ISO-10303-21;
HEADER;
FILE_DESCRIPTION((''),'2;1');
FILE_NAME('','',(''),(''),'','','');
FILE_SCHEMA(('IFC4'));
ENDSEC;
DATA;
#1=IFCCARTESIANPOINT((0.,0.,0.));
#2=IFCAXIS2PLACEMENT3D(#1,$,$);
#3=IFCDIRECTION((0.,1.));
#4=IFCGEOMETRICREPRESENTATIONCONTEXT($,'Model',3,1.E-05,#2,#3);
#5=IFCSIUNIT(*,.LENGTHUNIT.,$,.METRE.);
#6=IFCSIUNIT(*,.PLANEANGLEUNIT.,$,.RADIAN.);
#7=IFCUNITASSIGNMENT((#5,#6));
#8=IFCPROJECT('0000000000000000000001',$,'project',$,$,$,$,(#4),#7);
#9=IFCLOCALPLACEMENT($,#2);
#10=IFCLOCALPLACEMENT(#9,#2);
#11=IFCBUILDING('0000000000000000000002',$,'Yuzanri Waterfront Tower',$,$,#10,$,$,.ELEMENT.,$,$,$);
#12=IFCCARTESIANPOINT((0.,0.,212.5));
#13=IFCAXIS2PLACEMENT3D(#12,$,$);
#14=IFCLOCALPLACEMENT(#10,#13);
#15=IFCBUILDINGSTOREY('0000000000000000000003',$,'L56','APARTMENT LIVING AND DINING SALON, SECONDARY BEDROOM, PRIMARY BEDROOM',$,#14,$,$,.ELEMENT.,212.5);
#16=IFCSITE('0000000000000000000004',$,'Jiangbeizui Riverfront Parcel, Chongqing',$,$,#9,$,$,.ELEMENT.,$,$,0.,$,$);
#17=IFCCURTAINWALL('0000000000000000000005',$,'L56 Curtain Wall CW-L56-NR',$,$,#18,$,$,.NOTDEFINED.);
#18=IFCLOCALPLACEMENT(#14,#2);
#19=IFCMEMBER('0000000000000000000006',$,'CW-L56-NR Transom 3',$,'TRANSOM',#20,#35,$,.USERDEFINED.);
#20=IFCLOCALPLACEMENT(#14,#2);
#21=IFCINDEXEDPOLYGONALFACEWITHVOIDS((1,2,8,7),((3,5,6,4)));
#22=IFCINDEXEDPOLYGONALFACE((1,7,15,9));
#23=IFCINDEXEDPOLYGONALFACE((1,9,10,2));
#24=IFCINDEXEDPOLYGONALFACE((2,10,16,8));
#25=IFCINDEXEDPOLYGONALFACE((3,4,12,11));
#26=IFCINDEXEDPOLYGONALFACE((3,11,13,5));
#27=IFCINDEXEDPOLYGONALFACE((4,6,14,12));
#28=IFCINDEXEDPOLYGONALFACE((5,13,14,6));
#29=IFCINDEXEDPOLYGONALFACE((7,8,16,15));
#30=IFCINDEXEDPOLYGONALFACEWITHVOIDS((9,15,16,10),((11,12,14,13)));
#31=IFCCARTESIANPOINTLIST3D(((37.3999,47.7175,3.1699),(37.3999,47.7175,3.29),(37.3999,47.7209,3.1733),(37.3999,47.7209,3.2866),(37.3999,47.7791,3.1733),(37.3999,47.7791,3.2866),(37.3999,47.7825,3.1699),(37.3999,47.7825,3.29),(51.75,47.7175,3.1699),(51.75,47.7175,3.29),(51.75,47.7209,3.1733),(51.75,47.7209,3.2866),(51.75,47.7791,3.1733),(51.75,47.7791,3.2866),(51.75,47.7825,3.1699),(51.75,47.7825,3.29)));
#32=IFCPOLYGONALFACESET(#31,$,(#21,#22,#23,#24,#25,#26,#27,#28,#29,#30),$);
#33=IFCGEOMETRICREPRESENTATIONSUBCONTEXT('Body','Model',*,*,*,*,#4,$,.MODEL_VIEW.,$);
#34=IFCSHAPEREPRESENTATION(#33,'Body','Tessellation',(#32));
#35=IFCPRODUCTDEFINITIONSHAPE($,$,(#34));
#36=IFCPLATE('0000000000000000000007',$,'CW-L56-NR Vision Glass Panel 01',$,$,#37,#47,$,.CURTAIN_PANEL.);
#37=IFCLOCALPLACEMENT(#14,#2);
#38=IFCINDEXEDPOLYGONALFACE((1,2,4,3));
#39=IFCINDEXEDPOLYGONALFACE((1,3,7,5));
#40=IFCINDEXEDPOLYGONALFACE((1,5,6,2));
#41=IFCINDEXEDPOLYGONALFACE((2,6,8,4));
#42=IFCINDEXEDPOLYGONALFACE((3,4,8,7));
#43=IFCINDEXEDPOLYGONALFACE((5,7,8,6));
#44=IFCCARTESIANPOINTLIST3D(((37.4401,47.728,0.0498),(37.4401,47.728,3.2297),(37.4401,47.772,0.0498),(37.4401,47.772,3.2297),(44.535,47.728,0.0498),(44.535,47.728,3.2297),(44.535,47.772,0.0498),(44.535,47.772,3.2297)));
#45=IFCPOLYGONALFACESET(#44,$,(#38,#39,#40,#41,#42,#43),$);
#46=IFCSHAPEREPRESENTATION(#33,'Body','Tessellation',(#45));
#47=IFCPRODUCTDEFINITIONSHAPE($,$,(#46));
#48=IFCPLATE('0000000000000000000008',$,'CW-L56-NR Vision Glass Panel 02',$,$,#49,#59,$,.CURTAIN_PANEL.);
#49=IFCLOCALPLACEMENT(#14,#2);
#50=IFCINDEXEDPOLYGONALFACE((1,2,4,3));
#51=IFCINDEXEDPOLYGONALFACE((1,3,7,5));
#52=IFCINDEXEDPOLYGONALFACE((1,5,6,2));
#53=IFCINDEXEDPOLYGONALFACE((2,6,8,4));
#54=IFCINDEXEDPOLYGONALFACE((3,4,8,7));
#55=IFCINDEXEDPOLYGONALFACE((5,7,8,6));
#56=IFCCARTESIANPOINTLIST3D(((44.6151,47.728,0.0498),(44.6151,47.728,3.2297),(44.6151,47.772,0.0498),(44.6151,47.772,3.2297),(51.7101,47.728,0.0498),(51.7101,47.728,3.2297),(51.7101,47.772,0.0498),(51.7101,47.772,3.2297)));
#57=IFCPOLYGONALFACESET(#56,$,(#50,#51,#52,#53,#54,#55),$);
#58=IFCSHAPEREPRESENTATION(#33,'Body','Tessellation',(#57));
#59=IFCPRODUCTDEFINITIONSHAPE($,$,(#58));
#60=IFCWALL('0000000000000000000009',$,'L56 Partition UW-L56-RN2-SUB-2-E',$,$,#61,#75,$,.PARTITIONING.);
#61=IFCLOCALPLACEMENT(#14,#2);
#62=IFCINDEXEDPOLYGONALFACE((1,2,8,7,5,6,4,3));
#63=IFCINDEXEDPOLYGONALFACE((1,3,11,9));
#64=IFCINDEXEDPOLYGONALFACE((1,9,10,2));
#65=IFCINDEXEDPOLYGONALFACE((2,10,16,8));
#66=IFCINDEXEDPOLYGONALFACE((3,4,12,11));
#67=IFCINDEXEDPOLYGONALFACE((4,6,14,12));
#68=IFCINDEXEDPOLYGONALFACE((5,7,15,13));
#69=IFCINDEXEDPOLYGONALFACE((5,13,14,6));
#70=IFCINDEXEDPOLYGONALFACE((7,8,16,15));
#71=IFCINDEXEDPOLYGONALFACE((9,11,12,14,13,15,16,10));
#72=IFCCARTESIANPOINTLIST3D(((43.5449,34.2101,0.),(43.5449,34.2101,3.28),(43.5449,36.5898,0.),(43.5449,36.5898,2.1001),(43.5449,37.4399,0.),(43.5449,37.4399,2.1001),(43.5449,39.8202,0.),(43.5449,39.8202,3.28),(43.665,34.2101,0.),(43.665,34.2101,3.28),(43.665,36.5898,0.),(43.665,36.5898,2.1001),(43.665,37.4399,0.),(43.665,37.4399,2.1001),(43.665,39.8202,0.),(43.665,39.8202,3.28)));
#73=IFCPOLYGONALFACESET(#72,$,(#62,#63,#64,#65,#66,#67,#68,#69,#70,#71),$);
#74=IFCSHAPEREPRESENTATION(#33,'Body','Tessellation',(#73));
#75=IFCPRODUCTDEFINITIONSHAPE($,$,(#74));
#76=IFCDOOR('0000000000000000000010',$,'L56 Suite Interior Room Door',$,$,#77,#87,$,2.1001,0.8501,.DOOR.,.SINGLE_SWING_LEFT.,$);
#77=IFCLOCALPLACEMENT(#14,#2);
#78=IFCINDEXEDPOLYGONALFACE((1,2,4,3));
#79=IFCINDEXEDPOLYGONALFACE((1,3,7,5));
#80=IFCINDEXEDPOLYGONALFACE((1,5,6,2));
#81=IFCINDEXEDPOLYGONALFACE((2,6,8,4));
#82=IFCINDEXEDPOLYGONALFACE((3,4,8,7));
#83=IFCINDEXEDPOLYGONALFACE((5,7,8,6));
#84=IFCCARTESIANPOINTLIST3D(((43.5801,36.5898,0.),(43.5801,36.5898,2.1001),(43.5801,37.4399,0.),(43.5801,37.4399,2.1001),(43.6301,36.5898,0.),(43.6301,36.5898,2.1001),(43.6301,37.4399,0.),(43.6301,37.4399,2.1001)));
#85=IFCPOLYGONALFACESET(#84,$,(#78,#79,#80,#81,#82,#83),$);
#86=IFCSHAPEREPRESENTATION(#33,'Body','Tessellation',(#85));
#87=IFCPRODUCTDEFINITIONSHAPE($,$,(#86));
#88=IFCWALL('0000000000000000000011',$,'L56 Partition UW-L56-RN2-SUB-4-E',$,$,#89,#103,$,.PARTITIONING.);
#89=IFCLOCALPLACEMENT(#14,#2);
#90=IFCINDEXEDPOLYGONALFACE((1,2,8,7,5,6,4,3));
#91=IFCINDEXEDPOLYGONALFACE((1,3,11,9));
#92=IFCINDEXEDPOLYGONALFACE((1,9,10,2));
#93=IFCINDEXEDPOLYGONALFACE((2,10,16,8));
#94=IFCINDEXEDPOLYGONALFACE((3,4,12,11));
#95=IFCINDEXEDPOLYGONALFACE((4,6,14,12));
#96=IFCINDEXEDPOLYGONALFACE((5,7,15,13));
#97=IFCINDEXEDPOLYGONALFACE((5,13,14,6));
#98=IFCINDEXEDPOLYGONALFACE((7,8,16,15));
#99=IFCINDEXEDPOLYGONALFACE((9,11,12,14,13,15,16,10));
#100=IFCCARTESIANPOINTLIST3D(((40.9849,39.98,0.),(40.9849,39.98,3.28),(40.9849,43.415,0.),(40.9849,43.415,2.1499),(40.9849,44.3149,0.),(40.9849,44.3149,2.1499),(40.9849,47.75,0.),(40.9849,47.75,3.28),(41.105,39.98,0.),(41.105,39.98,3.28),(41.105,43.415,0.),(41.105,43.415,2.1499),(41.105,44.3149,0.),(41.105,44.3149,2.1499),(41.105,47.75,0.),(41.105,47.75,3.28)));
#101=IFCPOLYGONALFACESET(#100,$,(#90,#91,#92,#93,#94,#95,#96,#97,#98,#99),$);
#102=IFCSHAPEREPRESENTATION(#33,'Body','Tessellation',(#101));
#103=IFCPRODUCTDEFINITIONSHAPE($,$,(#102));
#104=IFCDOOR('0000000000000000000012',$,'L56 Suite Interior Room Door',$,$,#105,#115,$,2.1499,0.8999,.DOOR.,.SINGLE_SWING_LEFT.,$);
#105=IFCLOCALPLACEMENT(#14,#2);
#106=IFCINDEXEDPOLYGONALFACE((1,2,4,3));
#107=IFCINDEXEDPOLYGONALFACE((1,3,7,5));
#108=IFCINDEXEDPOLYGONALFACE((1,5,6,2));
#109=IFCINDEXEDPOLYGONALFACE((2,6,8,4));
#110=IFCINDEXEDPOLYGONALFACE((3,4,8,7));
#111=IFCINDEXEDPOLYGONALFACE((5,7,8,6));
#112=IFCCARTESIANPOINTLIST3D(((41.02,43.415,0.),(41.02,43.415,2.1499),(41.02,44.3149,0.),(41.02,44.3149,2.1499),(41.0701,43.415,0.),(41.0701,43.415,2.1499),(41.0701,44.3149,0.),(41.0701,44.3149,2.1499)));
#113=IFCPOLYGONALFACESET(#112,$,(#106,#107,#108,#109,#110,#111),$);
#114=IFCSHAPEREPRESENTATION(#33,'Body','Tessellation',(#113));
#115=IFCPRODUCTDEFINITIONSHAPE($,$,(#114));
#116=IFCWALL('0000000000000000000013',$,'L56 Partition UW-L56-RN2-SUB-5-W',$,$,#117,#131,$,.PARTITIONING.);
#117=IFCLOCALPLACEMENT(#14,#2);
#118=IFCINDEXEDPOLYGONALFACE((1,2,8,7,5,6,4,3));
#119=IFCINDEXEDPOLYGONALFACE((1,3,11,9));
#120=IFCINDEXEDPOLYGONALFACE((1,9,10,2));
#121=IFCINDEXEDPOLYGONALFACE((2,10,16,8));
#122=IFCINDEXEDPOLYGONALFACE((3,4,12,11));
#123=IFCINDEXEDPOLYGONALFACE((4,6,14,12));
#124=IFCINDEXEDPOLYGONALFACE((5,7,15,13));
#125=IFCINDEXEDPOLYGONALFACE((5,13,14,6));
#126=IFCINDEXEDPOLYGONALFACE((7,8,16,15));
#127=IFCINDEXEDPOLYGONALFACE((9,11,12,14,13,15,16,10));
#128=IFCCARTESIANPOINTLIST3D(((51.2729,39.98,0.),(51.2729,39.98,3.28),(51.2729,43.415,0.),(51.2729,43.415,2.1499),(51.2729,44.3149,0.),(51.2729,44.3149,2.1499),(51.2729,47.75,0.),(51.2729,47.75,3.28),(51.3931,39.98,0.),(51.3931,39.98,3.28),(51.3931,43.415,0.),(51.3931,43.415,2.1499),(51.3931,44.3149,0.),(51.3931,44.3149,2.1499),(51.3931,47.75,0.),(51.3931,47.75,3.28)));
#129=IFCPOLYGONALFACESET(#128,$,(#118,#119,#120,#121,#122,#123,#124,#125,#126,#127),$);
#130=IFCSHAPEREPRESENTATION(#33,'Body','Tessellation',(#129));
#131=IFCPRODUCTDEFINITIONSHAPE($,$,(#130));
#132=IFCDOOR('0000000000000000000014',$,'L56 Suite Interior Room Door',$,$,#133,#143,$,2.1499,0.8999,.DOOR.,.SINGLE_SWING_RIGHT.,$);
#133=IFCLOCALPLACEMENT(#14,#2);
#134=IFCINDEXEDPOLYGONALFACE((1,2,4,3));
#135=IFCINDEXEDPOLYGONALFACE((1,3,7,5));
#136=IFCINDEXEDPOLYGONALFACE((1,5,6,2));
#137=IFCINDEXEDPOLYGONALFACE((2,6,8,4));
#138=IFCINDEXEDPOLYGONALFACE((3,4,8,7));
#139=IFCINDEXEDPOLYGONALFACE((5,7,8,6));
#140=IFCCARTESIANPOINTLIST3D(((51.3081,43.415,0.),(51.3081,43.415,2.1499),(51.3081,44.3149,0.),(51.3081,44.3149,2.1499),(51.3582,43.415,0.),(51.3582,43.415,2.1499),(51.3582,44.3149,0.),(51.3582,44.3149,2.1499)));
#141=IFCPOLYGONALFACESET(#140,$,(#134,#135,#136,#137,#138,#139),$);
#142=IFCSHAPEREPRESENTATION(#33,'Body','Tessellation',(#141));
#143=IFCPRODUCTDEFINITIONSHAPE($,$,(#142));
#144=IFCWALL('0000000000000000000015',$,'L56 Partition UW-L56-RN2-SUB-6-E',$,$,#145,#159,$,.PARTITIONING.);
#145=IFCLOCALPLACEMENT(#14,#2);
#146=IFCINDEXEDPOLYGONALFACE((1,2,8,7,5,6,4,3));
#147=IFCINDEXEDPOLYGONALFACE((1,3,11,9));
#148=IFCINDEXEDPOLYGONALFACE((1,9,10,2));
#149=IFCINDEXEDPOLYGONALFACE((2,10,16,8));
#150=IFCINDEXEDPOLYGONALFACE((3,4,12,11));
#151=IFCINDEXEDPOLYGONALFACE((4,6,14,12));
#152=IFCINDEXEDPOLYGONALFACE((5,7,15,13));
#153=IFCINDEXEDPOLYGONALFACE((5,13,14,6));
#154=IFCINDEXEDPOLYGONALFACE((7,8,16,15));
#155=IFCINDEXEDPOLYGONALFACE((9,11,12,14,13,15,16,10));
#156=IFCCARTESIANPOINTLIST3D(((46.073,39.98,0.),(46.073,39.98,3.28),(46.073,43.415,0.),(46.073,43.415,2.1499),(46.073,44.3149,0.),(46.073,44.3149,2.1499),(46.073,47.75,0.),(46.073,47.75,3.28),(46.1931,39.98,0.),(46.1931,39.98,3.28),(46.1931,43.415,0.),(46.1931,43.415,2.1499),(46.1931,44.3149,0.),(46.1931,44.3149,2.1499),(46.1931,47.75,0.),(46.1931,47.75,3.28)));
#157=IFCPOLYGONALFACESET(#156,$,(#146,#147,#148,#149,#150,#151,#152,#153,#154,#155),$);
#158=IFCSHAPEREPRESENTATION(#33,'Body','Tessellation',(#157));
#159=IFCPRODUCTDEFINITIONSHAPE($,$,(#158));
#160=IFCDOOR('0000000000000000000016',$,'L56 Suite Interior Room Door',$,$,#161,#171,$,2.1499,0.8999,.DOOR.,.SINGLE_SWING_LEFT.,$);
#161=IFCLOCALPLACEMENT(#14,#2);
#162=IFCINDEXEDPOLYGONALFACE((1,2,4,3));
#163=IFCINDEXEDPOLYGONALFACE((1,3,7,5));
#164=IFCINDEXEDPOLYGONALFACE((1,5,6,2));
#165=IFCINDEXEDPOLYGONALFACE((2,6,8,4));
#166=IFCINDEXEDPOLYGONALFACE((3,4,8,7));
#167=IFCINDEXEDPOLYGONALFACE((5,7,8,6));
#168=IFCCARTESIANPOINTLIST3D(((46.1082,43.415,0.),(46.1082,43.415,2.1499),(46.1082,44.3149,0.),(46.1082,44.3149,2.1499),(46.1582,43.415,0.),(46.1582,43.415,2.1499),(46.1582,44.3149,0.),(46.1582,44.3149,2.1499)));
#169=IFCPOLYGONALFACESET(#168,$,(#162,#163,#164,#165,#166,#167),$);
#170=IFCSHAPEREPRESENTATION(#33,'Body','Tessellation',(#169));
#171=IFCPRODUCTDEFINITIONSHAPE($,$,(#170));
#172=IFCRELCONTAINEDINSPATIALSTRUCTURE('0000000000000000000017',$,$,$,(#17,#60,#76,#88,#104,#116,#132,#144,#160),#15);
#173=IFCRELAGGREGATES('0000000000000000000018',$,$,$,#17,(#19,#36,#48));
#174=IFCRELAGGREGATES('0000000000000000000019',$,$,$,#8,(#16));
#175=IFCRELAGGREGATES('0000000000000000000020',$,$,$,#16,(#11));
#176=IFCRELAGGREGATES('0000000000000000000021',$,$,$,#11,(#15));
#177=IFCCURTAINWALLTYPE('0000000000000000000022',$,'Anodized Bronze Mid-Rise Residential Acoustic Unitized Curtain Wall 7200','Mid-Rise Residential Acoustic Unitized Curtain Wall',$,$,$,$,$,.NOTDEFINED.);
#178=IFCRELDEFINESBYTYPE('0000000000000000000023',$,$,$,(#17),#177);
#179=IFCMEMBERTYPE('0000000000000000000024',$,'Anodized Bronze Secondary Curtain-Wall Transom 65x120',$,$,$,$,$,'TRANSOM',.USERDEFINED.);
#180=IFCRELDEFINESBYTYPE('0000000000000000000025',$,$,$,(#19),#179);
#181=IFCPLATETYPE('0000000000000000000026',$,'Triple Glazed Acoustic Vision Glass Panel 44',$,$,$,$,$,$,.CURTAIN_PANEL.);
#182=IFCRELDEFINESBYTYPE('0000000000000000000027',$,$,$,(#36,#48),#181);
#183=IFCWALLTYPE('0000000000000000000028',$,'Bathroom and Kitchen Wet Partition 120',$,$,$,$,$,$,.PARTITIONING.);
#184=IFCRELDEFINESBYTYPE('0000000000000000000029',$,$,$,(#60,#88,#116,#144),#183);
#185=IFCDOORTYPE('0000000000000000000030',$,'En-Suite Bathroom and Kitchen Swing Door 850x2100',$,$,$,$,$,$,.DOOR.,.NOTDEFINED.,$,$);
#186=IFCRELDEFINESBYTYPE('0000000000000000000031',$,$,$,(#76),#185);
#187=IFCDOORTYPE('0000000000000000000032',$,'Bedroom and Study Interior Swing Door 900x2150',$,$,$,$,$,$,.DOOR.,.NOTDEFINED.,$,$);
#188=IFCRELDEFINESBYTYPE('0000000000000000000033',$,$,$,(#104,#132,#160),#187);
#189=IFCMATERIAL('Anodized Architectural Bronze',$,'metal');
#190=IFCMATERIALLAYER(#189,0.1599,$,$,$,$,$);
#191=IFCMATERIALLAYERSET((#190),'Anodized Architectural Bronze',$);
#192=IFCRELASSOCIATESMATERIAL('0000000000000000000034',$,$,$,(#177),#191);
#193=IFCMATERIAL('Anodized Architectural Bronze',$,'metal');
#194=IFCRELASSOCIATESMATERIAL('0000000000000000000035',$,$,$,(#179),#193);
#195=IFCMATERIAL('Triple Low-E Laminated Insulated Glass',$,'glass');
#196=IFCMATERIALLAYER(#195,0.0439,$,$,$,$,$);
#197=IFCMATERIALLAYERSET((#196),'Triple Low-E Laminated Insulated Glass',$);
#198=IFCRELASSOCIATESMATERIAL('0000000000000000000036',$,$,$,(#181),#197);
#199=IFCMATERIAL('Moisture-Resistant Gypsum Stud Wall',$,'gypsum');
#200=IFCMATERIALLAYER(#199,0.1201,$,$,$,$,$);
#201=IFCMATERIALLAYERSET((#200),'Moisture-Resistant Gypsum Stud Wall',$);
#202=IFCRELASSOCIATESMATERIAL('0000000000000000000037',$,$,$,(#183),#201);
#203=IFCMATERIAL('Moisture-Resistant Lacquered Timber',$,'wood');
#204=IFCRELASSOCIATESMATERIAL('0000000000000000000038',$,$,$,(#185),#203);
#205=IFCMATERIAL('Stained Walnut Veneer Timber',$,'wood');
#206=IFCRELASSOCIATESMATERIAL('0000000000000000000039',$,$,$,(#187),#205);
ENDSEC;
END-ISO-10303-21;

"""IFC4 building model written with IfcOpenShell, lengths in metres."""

from ifc_helpers import new_model, si_unit, direction, frame, frame_2d, origin, origin_2d, place, context, subcontext, project, spatial, rectangle, hollow_rectangle, extrude, source, transform, mapped, material, layer, layer_set, material_profile, profile_set, type_object, element, fill, aggregate, save


model = new_model("IFC4")

# Units and contexts
model_context = context("Model", 3, precision=1e-05, world=origin(), true_north=direction((0.0, 1.0)))
body_context = subcontext(model_context, "Body", "Model", "MODEL_VIEW")
ifc_project = project(units=[si_unit("LENGTHUNIT", "METRE"), si_unit("PLANEANGLEUNIT", "RADIAN")], contexts=[model_context])

# Site, building, storey
site_placement = place(None, origin())
site = spatial("IfcSite", under=ifc_project, at=site_placement, Name="Jiangbeizui Riverfront Parcel, Chongqing", CompositionType="ELEMENT", RefElevation=0.0)
building_placement = place(site_placement, origin())
building = spatial("IfcBuilding", under=site, at=building_placement, Name="Yuzanri Waterfront Tower", CompositionType="ELEMENT")
storey_placement = place(building_placement, frame((0.0, 0.0, 212.5)))
storey = spatial("IfcBuildingStorey", under=building, at=storey_placement, Name="L56", Description="APARTMENT LIVING AND DINING SALON, SECONDARY BEDROOM, PRIMARY BEDROOM", CompositionType="ELEMENT", Elevation=212.5)

# Curtain wall, member, plates
ifc_material_1 = material(Name="Anodized Architectural Bronze", Category="metal")
ifc_layer_1 = layer(ifc_material_1, 0.1599)
ifc_layer_set_1 = layer_set([ifc_layer_1], Name="Anodized Architectural Bronze")
curtain_wall_type = type_object("IfcCurtainWallType", Name="Anodized Bronze Mid-Rise Residential Acoustic Unitized Curtain Wall 7200", Description="Mid-Rise Residential Acoustic Unitized Curtain Wall", PredefinedType="NOTDEFINED", material=ifc_layer_set_1)
curtain_wall_placement = place(storey_placement, origin())
curtain_wall = element("IfcCurtainWall", 1, at=curtain_wall_placement, inside=storey, type_object=curtain_wall_type, Name="L56 Curtain Wall CW-L56-NR", PredefinedType="NOTDEFINED")
ifc_material_2 = material(Name="Anodized Architectural Bronze", Category="metal")
ifc_material_profile_1 = material_profile(ifc_material_2, hollow_rectangle(XDim=0.0649, YDim=0.1201, WallThickness=0.0034, at=origin_2d()), Name="CWT 65x120")
ifc_profile_set_1 = profile_set([ifc_material_profile_1], Name="Anodized Architectural Bronze")
member_type_1 = type_object("IfcMemberType", Name="Anodized Bronze Secondary Curtain-Wall Transom 65x120", ElementType="TRANSOM", PredefinedType="USERDEFINED", material=ifc_profile_set_1)
shared_shape_1 = source(origin(), body_context, "Body", "SweptSolid", [
    extrude(hollow_rectangle(XDim=0.0649, YDim=0.1201, WallThickness=0.0034, at=origin_2d()), origin(), (0.0, 0.0, 1.0), 14.3501),
])
member_1_placement = place(storey_placement, frame((37.3999, 47.75, 3.23), z_axis=(1.0, 0.0, 0.0), x_axis=(0.0, 1.0, 0.0)))
member_1 = element("IfcMember", 2, at=member_1_placement, type_object=member_type_1, Name="CW-L56-NR Transom 3", ObjectType="TRANSOM", PredefinedType="USERDEFINED", context=body_context, shape_type="MappedRepresentation", body=[
    mapped(shared_shape_1, transform((0.0, 0.0, 0.0), scale=1.0)),
])
ifc_material_3 = material(Name="Triple Low-E Laminated Insulated Glass", Category="glass")
ifc_layer_2 = layer(ifc_material_3, 0.0439)
ifc_layer_set_2 = layer_set([ifc_layer_2], Name="Triple Low-E Laminated Insulated Glass")
plate_type = type_object("IfcPlateType", Name="Triple Glazed Acoustic Vision Glass Panel 44", PredefinedType="CURTAIN_PANEL", material=ifc_layer_set_2)
shared_shape_2 = source(origin(), body_context, "Body", "SweptSolid", [
    extrude(rectangle(XDim=7.095, YDim=0.0439, at=origin_2d()), origin(), (0.0, 0.0, 1.0), 3.1799),
])
plate_1_placement = place(storey_placement, frame((40.9875, 47.75, 0.0498), z_axis=(0.0, 0.0, 1.0), x_axis=(1.0, 0.0, 0.0)))
plate_1 = element("IfcPlate", 3, at=plate_1_placement, type_object=plate_type, Name="CW-L56-NR Vision Glass Panel 01", PredefinedType="CURTAIN_PANEL", context=body_context, shape_type="MappedRepresentation", body=[
    mapped(shared_shape_2, transform((0.0, 0.0, 0.0), scale=1.0)),
])
plate_2_placement = place(storey_placement, frame((48.1626, 47.75, 0.0498), z_axis=(0.0, 0.0, 1.0), x_axis=(1.0, 0.0, 0.0)))
plate_2 = element("IfcPlate", 4, at=plate_2_placement, type_object=plate_type, Name="CW-L56-NR Vision Glass Panel 02", PredefinedType="CURTAIN_PANEL", context=body_context, shape_type="MappedRepresentation", body=[
    mapped(shared_shape_2, transform((0.0, 0.0, 0.0), scale=1.0)),
])
aggregate(curtain_wall, [member_1, plate_1, plate_2])

# Walls, openings, doors
ifc_material_4 = material(Name="Moisture-Resistant Gypsum Stud Wall", Category="gypsum")
ifc_layer_3 = layer(ifc_material_4, 0.1201)
ifc_layer_set_3 = layer_set([ifc_layer_3], Name="Moisture-Resistant Gypsum Stud Wall")
wall_type_1 = type_object("IfcWallType", Name="Bathroom and Kitchen Wet Partition 120", PredefinedType="PARTITIONING", material=ifc_layer_set_3)
wall_1_placement = place(storey_placement, frame((43.605, 34.21, 0.0), z_axis=(0.0, 0.0, 1.0), x_axis=(0.0, 1.0, 0.0)))
wall_1 = element("IfcWall", 5, at=wall_1_placement, inside=storey, type_object=wall_type_1, Name="L56 Partition UW-L56-RN2-SUB-2-E", PredefinedType="PARTITIONING", context=body_context, shape_type="SweptSolid", body=[
    extrude(rectangle(XDim=5.6101, YDim=0.1201, at=frame_2d((2.8052, 0.0))), origin(), (0.0, 0.0, 1.0), 3.28),
])
opening_1_placement = place(wall_1_placement, frame((2.3799, 0.0, 0.0)))
opening_1 = element("IfcOpeningElement", 6, at=opening_1_placement, cuts=wall_1, PredefinedType="OPENING", context=body_context, shape_type="SweptSolid", body=[
    extrude(rectangle(XDim=0.8501, YDim=2.1001, at=frame_2d((0.425, 1.05))), frame((0.0, 0.075, 0.0), z_axis=(0.0, -1.0, 0.0), x_axis=(1.0, 0.0, 0.0)), (0.0, 0.0, 1.0), 0.1499),
])
ifc_material_5 = material(Name="Moisture-Resistant Lacquered Timber", Category="wood")
door_type_1 = type_object("IfcDoorType", Name="En-Suite Bathroom and Kitchen Swing Door 850x2100", OperationType="NOTDEFINED", PredefinedType="DOOR", material=ifc_material_5)
shared_shape_3 = source(origin(), body_context, "Body", "SweptSolid", [
    extrude(rectangle(XDim=0.8501, YDim=2.1001, at=frame_2d((0.425, 1.05))), frame((0.0, 0.0249, 0.0), z_axis=(0.0, -1.0, 0.0), x_axis=(1.0, 0.0, 0.0)), (0.0, 0.0, 1.0), 0.05),
])
door_1_placement = place(opening_1_placement, origin())
door_1 = element("IfcDoor", 7, at=door_1_placement, inside=storey, type_object=door_type_1, Name="L56 Suite Interior Room Door", OperationType="SINGLE_SWING_LEFT", OverallHeight=2.1001, OverallWidth=0.8501, PredefinedType="DOOR", context=body_context, shape_type="MappedRepresentation", body=[
    mapped(shared_shape_3, transform((0.0, 0.0, 0.0), scale=1.0)),
])
fill(opening_1, door_1)
wall_2_placement = place(storey_placement, frame((41.0449, 39.98, 0.0), z_axis=(0.0, 0.0, 1.0), x_axis=(0.0, 1.0, 0.0)))
wall_2 = element("IfcWall", 8, at=wall_2_placement, inside=storey, type_object=wall_type_1, Name="L56 Partition UW-L56-RN2-SUB-4-E", PredefinedType="PARTITIONING", context=body_context, shape_type="SweptSolid", body=[
    extrude(rectangle(XDim=7.77, YDim=0.1201, at=frame_2d((3.885, 0.0))), origin(), (0.0, 0.0, 1.0), 3.28),
])
opening_2_placement = place(wall_2_placement, frame((3.4351, 0.0, 0.0)))
opening_2 = element("IfcOpeningElement", 9, at=opening_2_placement, cuts=wall_2, PredefinedType="OPENING", context=body_context, shape_type="SweptSolid", body=[
    extrude(rectangle(XDim=0.8999, YDim=2.1499, at=frame_2d((0.45, 1.075))), frame((0.0, 0.075, 0.0), z_axis=(0.0, -1.0, 0.0), x_axis=(1.0, 0.0, 0.0)), (0.0, 0.0, 1.0), 0.1499),
])
ifc_material_6 = material(Name="Stained Walnut Veneer Timber", Category="wood")
door_type_2 = type_object("IfcDoorType", Name="Bedroom and Study Interior Swing Door 900x2150", OperationType="NOTDEFINED", PredefinedType="DOOR", material=ifc_material_6)
shared_shape_4 = source(origin(), body_context, "Body", "SweptSolid", [
    extrude(rectangle(XDim=0.8999, YDim=2.1499, at=frame_2d((0.45, 1.075))), frame((0.0, 0.0249, 0.0), z_axis=(0.0, -1.0, 0.0), x_axis=(1.0, 0.0, 0.0)), (0.0, 0.0, 1.0), 0.05),
])
door_2_placement = place(opening_2_placement, origin())
door_2 = element("IfcDoor", 10, at=door_2_placement, inside=storey, type_object=door_type_2, Name="L56 Suite Interior Room Door", OperationType="SINGLE_SWING_LEFT", OverallHeight=2.1499, OverallWidth=0.8999, PredefinedType="DOOR", context=body_context, shape_type="MappedRepresentation", body=[
    mapped(shared_shape_4, transform((0.0, 0.0, 0.0), scale=1.0)),
])
fill(opening_2, door_2)
wall_3_placement = place(storey_placement, frame((51.333, 39.98, 0.0), z_axis=(0.0, 0.0, 1.0), x_axis=(0.0, 1.0, 0.0)))
wall_3 = element("IfcWall", 11, at=wall_3_placement, inside=storey, type_object=wall_type_1, Name="L56 Partition UW-L56-RN2-SUB-5-W", PredefinedType="PARTITIONING", context=body_context, shape_type="SweptSolid", body=[
    extrude(rectangle(XDim=7.77, YDim=0.1201, at=frame_2d((3.885, 0.0))), origin(), (0.0, 0.0, 1.0), 3.28),
])
opening_3_placement = place(wall_3_placement, frame((3.4351, 0.0, 0.0)))
opening_3 = element("IfcOpeningElement", 12, at=opening_3_placement, cuts=wall_3, PredefinedType="OPENING", context=body_context, shape_type="SweptSolid", body=[
    extrude(rectangle(XDim=0.8999, YDim=2.1499, at=frame_2d((0.45, 1.075))), frame((0.0, 0.075, 0.0), z_axis=(0.0, -1.0, 0.0), x_axis=(1.0, 0.0, 0.0)), (0.0, 0.0, 1.0), 0.1499),
])
door_3_placement = place(opening_3_placement, origin())
door_3 = element("IfcDoor", 13, at=door_3_placement, inside=storey, type_object=door_type_2, Name="L56 Suite Interior Room Door", OperationType="SINGLE_SWING_RIGHT", OverallHeight=2.1499, OverallWidth=0.8999, PredefinedType="DOOR", context=body_context, shape_type="MappedRepresentation", body=[
    mapped(shared_shape_4, transform((0.0, 0.0, 0.0), scale=1.0)),
])
fill(opening_3, door_3)
wall_4_placement = place(storey_placement, frame((46.1331, 39.98, 0.0), z_axis=(0.0, 0.0, 1.0), x_axis=(0.0, 1.0, 0.0)))
wall_4 = element("IfcWall", 14, at=wall_4_placement, inside=storey, type_object=wall_type_1, Name="L56 Partition UW-L56-RN2-SUB-6-E", PredefinedType="PARTITIONING", context=body_context, shape_type="SweptSolid", body=[
    extrude(rectangle(XDim=7.77, YDim=0.1201, at=frame_2d((3.885, 0.0))), origin(), (0.0, 0.0, 1.0), 3.28),
])
opening_4_placement = place(wall_4_placement, frame((3.4351, 0.0, 0.0)))
opening_4 = element("IfcOpeningElement", 15, at=opening_4_placement, cuts=wall_4, PredefinedType="OPENING", context=body_context, shape_type="SweptSolid", body=[
    extrude(rectangle(XDim=0.8999, YDim=2.1499, at=frame_2d((0.45, 1.075))), frame((0.0, 0.075, 0.0), z_axis=(0.0, -1.0, 0.0), x_axis=(1.0, 0.0, 0.0)), (0.0, 0.0, 1.0), 0.1499),
])
door_4_placement = place(opening_4_placement, origin())
door_4 = element("IfcDoor", 16, at=door_4_placement, inside=storey, type_object=door_type_2, Name="L56 Suite Interior Room Door", OperationType="SINGLE_SWING_LEFT", OverallHeight=2.1499, OverallWidth=0.8999, PredefinedType="DOOR", context=body_context, shape_type="MappedRepresentation", body=[
    mapped(shared_shape_4, transform((0.0, 0.0, 0.0), scale=1.0)),
])
fill(opening_4, door_4)

save(model, "model.ifc")
